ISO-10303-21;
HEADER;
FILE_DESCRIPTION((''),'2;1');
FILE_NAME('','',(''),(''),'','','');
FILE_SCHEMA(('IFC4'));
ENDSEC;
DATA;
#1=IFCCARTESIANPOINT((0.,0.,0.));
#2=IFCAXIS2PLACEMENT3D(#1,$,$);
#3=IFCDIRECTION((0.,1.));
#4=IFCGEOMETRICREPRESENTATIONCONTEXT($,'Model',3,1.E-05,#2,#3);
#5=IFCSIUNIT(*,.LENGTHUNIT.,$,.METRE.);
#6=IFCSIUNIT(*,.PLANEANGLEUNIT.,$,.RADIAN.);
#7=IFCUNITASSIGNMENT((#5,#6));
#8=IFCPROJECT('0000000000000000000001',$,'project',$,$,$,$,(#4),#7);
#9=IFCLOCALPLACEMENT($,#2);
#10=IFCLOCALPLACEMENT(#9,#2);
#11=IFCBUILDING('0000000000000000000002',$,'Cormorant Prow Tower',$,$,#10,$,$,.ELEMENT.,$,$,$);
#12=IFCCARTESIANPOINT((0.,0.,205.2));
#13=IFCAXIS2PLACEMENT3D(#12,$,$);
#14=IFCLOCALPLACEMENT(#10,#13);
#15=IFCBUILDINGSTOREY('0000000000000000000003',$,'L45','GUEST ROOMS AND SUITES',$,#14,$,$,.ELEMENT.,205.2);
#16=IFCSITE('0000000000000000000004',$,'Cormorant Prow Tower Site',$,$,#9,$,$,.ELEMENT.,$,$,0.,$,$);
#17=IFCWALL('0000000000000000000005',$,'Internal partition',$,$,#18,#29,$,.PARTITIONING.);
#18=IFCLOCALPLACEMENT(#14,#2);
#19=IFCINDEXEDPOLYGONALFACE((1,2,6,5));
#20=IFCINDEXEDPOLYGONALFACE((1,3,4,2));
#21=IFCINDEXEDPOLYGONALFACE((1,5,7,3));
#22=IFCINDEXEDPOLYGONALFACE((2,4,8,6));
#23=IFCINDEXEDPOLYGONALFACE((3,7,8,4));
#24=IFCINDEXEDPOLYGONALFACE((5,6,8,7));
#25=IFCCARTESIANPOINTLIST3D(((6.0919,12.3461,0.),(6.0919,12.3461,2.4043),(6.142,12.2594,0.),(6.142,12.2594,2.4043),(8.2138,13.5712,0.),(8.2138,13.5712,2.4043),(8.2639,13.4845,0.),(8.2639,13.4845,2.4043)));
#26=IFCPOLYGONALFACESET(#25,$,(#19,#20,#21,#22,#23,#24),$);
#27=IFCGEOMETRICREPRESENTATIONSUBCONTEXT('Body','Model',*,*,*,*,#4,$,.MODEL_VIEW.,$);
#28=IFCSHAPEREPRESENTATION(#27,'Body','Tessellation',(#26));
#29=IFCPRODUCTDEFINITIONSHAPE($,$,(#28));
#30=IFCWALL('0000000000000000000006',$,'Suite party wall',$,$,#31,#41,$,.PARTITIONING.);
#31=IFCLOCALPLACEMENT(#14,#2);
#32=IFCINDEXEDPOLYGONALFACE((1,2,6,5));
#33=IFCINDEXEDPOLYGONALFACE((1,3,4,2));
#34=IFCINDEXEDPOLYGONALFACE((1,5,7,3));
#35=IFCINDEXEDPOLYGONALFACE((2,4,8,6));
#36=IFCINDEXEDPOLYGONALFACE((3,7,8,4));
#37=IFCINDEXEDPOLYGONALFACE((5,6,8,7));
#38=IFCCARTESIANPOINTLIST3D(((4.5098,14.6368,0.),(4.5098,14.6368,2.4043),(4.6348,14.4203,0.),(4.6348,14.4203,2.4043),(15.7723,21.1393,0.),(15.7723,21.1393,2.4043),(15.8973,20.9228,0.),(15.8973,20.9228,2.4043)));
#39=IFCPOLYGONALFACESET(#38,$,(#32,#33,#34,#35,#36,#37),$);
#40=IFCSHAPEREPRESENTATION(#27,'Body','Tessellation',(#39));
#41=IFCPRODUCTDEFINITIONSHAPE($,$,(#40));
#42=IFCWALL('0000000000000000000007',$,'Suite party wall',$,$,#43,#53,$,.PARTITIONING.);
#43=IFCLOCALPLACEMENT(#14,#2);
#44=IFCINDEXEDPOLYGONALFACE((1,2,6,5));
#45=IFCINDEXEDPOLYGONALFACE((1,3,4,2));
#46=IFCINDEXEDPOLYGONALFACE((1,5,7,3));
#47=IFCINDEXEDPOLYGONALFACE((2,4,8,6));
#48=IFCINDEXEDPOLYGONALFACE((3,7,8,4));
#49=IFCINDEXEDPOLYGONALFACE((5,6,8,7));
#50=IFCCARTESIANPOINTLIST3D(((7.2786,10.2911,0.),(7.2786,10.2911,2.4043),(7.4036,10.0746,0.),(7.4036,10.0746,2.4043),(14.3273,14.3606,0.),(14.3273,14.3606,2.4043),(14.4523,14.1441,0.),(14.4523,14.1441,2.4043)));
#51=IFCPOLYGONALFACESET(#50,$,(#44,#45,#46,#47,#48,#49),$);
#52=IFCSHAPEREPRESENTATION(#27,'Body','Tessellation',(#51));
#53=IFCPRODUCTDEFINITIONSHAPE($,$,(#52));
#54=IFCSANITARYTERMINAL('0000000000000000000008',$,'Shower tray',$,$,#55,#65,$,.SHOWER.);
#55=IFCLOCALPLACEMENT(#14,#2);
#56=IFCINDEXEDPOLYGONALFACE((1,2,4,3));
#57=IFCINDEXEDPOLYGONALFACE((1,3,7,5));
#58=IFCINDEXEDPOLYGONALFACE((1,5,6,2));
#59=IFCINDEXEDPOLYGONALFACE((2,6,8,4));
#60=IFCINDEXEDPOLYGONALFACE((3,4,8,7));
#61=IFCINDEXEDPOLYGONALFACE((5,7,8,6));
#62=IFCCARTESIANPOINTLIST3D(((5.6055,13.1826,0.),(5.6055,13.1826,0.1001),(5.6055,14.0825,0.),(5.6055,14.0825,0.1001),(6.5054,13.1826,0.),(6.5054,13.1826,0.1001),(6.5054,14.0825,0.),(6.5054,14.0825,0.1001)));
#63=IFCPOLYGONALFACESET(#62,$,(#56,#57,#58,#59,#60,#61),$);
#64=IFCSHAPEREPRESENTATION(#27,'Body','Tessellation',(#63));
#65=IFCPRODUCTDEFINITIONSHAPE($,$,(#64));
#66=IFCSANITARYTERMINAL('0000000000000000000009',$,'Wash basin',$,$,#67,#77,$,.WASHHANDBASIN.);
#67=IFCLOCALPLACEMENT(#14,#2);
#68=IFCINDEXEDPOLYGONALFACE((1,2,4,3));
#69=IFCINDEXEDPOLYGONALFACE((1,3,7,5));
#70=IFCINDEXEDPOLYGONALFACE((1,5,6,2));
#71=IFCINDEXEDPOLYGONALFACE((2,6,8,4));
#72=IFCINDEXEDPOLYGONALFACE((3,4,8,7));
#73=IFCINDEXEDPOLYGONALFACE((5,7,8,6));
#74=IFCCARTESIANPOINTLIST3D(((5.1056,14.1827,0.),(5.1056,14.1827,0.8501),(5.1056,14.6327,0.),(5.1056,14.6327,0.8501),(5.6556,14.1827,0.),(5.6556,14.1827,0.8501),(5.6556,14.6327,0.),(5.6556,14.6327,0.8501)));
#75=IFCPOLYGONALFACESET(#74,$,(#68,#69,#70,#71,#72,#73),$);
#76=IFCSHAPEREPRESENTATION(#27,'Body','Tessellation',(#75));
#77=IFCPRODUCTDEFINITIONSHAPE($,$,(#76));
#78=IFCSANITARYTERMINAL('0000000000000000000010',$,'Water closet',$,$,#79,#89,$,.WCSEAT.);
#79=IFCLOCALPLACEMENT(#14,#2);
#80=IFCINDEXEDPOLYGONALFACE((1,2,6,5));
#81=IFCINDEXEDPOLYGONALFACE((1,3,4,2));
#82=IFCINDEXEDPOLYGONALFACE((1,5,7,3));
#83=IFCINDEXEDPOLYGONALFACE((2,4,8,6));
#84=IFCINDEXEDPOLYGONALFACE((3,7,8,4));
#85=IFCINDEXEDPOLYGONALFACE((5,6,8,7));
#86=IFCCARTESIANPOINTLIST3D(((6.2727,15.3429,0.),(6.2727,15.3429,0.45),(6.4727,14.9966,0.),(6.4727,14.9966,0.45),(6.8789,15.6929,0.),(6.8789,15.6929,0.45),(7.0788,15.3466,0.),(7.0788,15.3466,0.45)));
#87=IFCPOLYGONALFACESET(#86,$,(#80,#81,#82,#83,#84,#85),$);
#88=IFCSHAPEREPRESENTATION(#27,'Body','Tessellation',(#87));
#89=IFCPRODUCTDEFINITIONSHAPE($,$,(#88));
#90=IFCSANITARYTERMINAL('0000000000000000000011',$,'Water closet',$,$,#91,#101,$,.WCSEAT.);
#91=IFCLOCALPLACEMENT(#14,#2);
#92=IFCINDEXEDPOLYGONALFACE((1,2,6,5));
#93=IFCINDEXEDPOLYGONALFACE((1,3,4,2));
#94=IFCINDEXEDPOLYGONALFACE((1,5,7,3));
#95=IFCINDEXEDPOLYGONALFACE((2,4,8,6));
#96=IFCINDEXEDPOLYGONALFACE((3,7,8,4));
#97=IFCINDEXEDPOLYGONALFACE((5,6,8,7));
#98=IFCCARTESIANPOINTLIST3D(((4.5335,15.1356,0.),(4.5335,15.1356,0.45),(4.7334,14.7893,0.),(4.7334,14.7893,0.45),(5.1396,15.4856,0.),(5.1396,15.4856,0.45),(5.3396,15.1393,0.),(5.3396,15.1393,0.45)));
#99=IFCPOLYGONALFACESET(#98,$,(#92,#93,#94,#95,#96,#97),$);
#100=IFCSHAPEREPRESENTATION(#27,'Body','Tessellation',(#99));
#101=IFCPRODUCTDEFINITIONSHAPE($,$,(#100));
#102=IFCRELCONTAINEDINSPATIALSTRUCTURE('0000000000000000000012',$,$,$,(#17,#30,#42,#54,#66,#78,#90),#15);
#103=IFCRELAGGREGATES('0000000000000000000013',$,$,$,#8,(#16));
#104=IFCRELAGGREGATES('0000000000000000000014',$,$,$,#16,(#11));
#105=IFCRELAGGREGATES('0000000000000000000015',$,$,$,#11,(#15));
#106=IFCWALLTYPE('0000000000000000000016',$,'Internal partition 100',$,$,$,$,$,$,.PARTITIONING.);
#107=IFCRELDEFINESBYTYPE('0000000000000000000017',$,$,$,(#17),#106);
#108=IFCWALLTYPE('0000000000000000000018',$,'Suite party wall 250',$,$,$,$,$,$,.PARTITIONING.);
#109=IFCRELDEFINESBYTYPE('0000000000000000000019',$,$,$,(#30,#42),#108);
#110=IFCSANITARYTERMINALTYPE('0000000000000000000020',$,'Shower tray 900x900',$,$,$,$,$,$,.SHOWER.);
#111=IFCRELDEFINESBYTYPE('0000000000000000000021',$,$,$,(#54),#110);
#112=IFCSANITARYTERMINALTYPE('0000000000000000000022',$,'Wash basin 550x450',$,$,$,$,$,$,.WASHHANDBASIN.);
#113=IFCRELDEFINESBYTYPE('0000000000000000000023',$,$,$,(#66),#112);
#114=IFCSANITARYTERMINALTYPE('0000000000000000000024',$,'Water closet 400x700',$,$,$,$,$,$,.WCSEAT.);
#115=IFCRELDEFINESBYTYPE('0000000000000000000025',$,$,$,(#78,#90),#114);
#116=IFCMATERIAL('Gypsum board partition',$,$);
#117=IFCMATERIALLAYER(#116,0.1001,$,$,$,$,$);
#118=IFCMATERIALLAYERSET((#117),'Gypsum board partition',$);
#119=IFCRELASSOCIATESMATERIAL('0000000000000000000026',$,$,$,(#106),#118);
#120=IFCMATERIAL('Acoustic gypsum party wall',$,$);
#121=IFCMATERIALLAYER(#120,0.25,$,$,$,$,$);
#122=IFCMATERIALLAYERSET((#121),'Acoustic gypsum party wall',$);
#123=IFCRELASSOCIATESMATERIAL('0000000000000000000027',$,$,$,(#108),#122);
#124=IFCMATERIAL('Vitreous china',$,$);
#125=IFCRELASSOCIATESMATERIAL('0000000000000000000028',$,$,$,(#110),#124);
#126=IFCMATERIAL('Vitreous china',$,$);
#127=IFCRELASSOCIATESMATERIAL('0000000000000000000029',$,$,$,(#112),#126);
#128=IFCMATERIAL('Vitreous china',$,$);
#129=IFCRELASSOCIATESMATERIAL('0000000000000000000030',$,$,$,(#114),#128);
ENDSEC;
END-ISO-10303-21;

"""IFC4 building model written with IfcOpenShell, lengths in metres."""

from ifc_helpers import new_model, si_unit, direction, frame, frame_2d, origin, origin_2d, place, context, subcontext, project, spatial, rectangle, extrude, material, layer, layer_set, type_object, element, save


model = new_model("IFC4")

# Units and contexts
model_context = context("Model", 3, precision=1e-05, world=origin(), true_north=direction((0.0, 1.0)))
body_context = subcontext(model_context, "Body", "Model", "MODEL_VIEW")
ifc_project = project(units=[si_unit("LENGTHUNIT", "METRE"), si_unit("PLANEANGLEUNIT", "RADIAN")], contexts=[model_context])

# Site, building, storey
site_placement = place(None, origin())
site = spatial("IfcSite", under=ifc_project, at=site_placement, Name="Cormorant Prow Tower Site", CompositionType="ELEMENT", RefElevation=0.0)
building_placement = place(site_placement, origin())
building = spatial("IfcBuilding", under=site, at=building_placement, Name="Cormorant Prow Tower", CompositionType="ELEMENT")
storey_placement = place(building_placement, frame((0.0, 0.0, 205.2)))
storey = spatial("IfcBuildingStorey", under=building, at=storey_placement, Name="L45", Description="GUEST ROOMS AND SUITES", CompositionType="ELEMENT", Elevation=205.2)

# Shared definitions
ifc_material_1 = material(Name="Gypsum board partition")
ifc_layer_1 = layer(ifc_material_1, 0.1001)
ifc_layer_set_1 = layer_set([ifc_layer_1], Name="Gypsum board partition")
wall_type_1 = type_object("IfcWallType", Name="Internal partition 100", PredefinedType="PARTITIONING", material=ifc_layer_set_1)

# Walls
wall_1_placement = place(storey_placement, frame((6.1169, 12.3027, 0.0), z_axis=(0.0, 0.0, 1.0), x_axis=(0.866015, 0.500019, 0.0)))
element("IfcWall", 1, at=wall_1_placement, inside=storey, type_object=wall_type_1, Name="Internal partition", PredefinedType="PARTITIONING", context=body_context, shape_type="SweptSolid", body=[
    extrude(rectangle(XDim=2.4502, YDim=0.1001, at=frame_2d((1.2251, 0.0))), origin(), (0.0, 0.0, 1.0), 2.4043),
])
ifc_material_2 = material(Name="Acoustic gypsum party wall")
ifc_layer_2 = layer(ifc_material_2, 0.25)
ifc_layer_set_2 = layer_set([ifc_layer_2], Name="Acoustic gypsum party wall")
wall_type_2 = type_object("IfcWallType", Name="Suite party wall 250", PredefinedType="PARTITIONING", material=ifc_layer_set_2)
wall_2_placement = place(storey_placement, frame((4.5723, 14.5286, 0.0), z_axis=(0.0, 0.0, 1.0), x_axis=(0.866023, 0.500004, 0.0)))
element("IfcWall", 2, at=wall_2_placement, inside=storey, type_object=wall_type_2, Name="Suite party wall", PredefinedType="PARTITIONING", context=body_context, shape_type="SweptSolid", body=[
    extrude(rectangle(XDim=13.0049, YDim=0.25, at=frame_2d((6.5024, 0.0))), origin(), (0.0, 0.0, 1.0), 2.4043),
])
wall_3_placement = place(storey_placement, frame((7.3411, 10.1829, 0.0), z_axis=(0.0, 0.0, 1.0), x_axis=(0.866029, 0.499994, 0.0)))
element("IfcWall", 3, at=wall_3_placement, inside=storey, type_object=wall_type_2, Name="Suite party wall", PredefinedType="PARTITIONING", context=body_context, shape_type="SweptSolid", body=[
    extrude(rectangle(XDim=8.1392, YDim=0.25, at=frame_2d((4.0696, 0.0))), origin(), (0.0, 0.0, 1.0), 2.4043),
])

# Sanitary terminals
ifc_material_3 = material(Name="Vitreous china")
sanitary_terminal_type_1 = type_object("IfcSanitaryTerminalType", Name="Shower tray 900x900", PredefinedType="SHOWER", material=ifc_material_3)
sanitary_terminal_1_placement = place(storey_placement, frame((6.0554, 13.6326, 0.0), z_axis=(0.0, 0.0, 1.0), x_axis=(1.0, 0.0, 0.0)))
element("IfcSanitaryTerminal", 4, at=sanitary_terminal_1_placement, inside=storey, type_object=sanitary_terminal_type_1, Name="Shower tray", PredefinedType="SHOWER", context=body_context, shape_type="SweptSolid", body=[
    extrude(rectangle(XDim=0.8999, YDim=0.8999, at=origin_2d()), origin(), (0.0, 0.0, 1.0), 0.1001),
])
ifc_material_4 = material(Name="Vitreous china")
sanitary_terminal_type_2 = type_object("IfcSanitaryTerminalType", Name="Wash basin 550x450", PredefinedType="WASHHANDBASIN", material=ifc_material_4)
sanitary_terminal_2_placement = place(storey_placement, frame((5.3806, 14.4077, 0.0), z_axis=(0.0, 0.0, 1.0), x_axis=(1.0, 0.0, 0.0)))
element("IfcSanitaryTerminal", 5, at=sanitary_terminal_2_placement, inside=storey, type_object=sanitary_terminal_type_2, Name="Wash basin", PredefinedType="WASHHANDBASIN", context=body_context, shape_type="SweptSolid", body=[
    extrude(rectangle(XDim=0.55, YDim=0.45, at=origin_2d()), origin(), (0.0, 0.0, 1.0), 0.8501),
])
ifc_material_5 = material(Name="Vitreous china")
sanitary_terminal_type_3 = type_object("IfcSanitaryTerminalType", Name="Water closet 400x700", PredefinedType="WCSEAT", material=ifc_material_5)
for number, where, z_axis, x_axis, name in (
    (6, (6.6758, 15.3447, 0.0), (0.0, 0.0, 1.0), (0.5, -0.866025, 0.0), "Water closet"),
    (7, (4.9365, 15.1375, 0.0), (0.0, 0.0, 1.0), (-0.5, 0.866025, 0.0), "Water closet"),
):
    element("IfcSanitaryTerminal", number, at=place(storey_placement, frame(where, z_axis=z_axis, x_axis=x_axis)), inside=storey, type_object=sanitary_terminal_type_3, Name=name, PredefinedType="WCSEAT", context=body_context, shape_type="SweptSolid", body=[
        extrude(rectangle(XDim=0.3999, YDim=0.7, at=origin_2d()), origin(), (0.0, 0.0, 1.0), 0.45),
    ])

save(model, "model.ifc")
